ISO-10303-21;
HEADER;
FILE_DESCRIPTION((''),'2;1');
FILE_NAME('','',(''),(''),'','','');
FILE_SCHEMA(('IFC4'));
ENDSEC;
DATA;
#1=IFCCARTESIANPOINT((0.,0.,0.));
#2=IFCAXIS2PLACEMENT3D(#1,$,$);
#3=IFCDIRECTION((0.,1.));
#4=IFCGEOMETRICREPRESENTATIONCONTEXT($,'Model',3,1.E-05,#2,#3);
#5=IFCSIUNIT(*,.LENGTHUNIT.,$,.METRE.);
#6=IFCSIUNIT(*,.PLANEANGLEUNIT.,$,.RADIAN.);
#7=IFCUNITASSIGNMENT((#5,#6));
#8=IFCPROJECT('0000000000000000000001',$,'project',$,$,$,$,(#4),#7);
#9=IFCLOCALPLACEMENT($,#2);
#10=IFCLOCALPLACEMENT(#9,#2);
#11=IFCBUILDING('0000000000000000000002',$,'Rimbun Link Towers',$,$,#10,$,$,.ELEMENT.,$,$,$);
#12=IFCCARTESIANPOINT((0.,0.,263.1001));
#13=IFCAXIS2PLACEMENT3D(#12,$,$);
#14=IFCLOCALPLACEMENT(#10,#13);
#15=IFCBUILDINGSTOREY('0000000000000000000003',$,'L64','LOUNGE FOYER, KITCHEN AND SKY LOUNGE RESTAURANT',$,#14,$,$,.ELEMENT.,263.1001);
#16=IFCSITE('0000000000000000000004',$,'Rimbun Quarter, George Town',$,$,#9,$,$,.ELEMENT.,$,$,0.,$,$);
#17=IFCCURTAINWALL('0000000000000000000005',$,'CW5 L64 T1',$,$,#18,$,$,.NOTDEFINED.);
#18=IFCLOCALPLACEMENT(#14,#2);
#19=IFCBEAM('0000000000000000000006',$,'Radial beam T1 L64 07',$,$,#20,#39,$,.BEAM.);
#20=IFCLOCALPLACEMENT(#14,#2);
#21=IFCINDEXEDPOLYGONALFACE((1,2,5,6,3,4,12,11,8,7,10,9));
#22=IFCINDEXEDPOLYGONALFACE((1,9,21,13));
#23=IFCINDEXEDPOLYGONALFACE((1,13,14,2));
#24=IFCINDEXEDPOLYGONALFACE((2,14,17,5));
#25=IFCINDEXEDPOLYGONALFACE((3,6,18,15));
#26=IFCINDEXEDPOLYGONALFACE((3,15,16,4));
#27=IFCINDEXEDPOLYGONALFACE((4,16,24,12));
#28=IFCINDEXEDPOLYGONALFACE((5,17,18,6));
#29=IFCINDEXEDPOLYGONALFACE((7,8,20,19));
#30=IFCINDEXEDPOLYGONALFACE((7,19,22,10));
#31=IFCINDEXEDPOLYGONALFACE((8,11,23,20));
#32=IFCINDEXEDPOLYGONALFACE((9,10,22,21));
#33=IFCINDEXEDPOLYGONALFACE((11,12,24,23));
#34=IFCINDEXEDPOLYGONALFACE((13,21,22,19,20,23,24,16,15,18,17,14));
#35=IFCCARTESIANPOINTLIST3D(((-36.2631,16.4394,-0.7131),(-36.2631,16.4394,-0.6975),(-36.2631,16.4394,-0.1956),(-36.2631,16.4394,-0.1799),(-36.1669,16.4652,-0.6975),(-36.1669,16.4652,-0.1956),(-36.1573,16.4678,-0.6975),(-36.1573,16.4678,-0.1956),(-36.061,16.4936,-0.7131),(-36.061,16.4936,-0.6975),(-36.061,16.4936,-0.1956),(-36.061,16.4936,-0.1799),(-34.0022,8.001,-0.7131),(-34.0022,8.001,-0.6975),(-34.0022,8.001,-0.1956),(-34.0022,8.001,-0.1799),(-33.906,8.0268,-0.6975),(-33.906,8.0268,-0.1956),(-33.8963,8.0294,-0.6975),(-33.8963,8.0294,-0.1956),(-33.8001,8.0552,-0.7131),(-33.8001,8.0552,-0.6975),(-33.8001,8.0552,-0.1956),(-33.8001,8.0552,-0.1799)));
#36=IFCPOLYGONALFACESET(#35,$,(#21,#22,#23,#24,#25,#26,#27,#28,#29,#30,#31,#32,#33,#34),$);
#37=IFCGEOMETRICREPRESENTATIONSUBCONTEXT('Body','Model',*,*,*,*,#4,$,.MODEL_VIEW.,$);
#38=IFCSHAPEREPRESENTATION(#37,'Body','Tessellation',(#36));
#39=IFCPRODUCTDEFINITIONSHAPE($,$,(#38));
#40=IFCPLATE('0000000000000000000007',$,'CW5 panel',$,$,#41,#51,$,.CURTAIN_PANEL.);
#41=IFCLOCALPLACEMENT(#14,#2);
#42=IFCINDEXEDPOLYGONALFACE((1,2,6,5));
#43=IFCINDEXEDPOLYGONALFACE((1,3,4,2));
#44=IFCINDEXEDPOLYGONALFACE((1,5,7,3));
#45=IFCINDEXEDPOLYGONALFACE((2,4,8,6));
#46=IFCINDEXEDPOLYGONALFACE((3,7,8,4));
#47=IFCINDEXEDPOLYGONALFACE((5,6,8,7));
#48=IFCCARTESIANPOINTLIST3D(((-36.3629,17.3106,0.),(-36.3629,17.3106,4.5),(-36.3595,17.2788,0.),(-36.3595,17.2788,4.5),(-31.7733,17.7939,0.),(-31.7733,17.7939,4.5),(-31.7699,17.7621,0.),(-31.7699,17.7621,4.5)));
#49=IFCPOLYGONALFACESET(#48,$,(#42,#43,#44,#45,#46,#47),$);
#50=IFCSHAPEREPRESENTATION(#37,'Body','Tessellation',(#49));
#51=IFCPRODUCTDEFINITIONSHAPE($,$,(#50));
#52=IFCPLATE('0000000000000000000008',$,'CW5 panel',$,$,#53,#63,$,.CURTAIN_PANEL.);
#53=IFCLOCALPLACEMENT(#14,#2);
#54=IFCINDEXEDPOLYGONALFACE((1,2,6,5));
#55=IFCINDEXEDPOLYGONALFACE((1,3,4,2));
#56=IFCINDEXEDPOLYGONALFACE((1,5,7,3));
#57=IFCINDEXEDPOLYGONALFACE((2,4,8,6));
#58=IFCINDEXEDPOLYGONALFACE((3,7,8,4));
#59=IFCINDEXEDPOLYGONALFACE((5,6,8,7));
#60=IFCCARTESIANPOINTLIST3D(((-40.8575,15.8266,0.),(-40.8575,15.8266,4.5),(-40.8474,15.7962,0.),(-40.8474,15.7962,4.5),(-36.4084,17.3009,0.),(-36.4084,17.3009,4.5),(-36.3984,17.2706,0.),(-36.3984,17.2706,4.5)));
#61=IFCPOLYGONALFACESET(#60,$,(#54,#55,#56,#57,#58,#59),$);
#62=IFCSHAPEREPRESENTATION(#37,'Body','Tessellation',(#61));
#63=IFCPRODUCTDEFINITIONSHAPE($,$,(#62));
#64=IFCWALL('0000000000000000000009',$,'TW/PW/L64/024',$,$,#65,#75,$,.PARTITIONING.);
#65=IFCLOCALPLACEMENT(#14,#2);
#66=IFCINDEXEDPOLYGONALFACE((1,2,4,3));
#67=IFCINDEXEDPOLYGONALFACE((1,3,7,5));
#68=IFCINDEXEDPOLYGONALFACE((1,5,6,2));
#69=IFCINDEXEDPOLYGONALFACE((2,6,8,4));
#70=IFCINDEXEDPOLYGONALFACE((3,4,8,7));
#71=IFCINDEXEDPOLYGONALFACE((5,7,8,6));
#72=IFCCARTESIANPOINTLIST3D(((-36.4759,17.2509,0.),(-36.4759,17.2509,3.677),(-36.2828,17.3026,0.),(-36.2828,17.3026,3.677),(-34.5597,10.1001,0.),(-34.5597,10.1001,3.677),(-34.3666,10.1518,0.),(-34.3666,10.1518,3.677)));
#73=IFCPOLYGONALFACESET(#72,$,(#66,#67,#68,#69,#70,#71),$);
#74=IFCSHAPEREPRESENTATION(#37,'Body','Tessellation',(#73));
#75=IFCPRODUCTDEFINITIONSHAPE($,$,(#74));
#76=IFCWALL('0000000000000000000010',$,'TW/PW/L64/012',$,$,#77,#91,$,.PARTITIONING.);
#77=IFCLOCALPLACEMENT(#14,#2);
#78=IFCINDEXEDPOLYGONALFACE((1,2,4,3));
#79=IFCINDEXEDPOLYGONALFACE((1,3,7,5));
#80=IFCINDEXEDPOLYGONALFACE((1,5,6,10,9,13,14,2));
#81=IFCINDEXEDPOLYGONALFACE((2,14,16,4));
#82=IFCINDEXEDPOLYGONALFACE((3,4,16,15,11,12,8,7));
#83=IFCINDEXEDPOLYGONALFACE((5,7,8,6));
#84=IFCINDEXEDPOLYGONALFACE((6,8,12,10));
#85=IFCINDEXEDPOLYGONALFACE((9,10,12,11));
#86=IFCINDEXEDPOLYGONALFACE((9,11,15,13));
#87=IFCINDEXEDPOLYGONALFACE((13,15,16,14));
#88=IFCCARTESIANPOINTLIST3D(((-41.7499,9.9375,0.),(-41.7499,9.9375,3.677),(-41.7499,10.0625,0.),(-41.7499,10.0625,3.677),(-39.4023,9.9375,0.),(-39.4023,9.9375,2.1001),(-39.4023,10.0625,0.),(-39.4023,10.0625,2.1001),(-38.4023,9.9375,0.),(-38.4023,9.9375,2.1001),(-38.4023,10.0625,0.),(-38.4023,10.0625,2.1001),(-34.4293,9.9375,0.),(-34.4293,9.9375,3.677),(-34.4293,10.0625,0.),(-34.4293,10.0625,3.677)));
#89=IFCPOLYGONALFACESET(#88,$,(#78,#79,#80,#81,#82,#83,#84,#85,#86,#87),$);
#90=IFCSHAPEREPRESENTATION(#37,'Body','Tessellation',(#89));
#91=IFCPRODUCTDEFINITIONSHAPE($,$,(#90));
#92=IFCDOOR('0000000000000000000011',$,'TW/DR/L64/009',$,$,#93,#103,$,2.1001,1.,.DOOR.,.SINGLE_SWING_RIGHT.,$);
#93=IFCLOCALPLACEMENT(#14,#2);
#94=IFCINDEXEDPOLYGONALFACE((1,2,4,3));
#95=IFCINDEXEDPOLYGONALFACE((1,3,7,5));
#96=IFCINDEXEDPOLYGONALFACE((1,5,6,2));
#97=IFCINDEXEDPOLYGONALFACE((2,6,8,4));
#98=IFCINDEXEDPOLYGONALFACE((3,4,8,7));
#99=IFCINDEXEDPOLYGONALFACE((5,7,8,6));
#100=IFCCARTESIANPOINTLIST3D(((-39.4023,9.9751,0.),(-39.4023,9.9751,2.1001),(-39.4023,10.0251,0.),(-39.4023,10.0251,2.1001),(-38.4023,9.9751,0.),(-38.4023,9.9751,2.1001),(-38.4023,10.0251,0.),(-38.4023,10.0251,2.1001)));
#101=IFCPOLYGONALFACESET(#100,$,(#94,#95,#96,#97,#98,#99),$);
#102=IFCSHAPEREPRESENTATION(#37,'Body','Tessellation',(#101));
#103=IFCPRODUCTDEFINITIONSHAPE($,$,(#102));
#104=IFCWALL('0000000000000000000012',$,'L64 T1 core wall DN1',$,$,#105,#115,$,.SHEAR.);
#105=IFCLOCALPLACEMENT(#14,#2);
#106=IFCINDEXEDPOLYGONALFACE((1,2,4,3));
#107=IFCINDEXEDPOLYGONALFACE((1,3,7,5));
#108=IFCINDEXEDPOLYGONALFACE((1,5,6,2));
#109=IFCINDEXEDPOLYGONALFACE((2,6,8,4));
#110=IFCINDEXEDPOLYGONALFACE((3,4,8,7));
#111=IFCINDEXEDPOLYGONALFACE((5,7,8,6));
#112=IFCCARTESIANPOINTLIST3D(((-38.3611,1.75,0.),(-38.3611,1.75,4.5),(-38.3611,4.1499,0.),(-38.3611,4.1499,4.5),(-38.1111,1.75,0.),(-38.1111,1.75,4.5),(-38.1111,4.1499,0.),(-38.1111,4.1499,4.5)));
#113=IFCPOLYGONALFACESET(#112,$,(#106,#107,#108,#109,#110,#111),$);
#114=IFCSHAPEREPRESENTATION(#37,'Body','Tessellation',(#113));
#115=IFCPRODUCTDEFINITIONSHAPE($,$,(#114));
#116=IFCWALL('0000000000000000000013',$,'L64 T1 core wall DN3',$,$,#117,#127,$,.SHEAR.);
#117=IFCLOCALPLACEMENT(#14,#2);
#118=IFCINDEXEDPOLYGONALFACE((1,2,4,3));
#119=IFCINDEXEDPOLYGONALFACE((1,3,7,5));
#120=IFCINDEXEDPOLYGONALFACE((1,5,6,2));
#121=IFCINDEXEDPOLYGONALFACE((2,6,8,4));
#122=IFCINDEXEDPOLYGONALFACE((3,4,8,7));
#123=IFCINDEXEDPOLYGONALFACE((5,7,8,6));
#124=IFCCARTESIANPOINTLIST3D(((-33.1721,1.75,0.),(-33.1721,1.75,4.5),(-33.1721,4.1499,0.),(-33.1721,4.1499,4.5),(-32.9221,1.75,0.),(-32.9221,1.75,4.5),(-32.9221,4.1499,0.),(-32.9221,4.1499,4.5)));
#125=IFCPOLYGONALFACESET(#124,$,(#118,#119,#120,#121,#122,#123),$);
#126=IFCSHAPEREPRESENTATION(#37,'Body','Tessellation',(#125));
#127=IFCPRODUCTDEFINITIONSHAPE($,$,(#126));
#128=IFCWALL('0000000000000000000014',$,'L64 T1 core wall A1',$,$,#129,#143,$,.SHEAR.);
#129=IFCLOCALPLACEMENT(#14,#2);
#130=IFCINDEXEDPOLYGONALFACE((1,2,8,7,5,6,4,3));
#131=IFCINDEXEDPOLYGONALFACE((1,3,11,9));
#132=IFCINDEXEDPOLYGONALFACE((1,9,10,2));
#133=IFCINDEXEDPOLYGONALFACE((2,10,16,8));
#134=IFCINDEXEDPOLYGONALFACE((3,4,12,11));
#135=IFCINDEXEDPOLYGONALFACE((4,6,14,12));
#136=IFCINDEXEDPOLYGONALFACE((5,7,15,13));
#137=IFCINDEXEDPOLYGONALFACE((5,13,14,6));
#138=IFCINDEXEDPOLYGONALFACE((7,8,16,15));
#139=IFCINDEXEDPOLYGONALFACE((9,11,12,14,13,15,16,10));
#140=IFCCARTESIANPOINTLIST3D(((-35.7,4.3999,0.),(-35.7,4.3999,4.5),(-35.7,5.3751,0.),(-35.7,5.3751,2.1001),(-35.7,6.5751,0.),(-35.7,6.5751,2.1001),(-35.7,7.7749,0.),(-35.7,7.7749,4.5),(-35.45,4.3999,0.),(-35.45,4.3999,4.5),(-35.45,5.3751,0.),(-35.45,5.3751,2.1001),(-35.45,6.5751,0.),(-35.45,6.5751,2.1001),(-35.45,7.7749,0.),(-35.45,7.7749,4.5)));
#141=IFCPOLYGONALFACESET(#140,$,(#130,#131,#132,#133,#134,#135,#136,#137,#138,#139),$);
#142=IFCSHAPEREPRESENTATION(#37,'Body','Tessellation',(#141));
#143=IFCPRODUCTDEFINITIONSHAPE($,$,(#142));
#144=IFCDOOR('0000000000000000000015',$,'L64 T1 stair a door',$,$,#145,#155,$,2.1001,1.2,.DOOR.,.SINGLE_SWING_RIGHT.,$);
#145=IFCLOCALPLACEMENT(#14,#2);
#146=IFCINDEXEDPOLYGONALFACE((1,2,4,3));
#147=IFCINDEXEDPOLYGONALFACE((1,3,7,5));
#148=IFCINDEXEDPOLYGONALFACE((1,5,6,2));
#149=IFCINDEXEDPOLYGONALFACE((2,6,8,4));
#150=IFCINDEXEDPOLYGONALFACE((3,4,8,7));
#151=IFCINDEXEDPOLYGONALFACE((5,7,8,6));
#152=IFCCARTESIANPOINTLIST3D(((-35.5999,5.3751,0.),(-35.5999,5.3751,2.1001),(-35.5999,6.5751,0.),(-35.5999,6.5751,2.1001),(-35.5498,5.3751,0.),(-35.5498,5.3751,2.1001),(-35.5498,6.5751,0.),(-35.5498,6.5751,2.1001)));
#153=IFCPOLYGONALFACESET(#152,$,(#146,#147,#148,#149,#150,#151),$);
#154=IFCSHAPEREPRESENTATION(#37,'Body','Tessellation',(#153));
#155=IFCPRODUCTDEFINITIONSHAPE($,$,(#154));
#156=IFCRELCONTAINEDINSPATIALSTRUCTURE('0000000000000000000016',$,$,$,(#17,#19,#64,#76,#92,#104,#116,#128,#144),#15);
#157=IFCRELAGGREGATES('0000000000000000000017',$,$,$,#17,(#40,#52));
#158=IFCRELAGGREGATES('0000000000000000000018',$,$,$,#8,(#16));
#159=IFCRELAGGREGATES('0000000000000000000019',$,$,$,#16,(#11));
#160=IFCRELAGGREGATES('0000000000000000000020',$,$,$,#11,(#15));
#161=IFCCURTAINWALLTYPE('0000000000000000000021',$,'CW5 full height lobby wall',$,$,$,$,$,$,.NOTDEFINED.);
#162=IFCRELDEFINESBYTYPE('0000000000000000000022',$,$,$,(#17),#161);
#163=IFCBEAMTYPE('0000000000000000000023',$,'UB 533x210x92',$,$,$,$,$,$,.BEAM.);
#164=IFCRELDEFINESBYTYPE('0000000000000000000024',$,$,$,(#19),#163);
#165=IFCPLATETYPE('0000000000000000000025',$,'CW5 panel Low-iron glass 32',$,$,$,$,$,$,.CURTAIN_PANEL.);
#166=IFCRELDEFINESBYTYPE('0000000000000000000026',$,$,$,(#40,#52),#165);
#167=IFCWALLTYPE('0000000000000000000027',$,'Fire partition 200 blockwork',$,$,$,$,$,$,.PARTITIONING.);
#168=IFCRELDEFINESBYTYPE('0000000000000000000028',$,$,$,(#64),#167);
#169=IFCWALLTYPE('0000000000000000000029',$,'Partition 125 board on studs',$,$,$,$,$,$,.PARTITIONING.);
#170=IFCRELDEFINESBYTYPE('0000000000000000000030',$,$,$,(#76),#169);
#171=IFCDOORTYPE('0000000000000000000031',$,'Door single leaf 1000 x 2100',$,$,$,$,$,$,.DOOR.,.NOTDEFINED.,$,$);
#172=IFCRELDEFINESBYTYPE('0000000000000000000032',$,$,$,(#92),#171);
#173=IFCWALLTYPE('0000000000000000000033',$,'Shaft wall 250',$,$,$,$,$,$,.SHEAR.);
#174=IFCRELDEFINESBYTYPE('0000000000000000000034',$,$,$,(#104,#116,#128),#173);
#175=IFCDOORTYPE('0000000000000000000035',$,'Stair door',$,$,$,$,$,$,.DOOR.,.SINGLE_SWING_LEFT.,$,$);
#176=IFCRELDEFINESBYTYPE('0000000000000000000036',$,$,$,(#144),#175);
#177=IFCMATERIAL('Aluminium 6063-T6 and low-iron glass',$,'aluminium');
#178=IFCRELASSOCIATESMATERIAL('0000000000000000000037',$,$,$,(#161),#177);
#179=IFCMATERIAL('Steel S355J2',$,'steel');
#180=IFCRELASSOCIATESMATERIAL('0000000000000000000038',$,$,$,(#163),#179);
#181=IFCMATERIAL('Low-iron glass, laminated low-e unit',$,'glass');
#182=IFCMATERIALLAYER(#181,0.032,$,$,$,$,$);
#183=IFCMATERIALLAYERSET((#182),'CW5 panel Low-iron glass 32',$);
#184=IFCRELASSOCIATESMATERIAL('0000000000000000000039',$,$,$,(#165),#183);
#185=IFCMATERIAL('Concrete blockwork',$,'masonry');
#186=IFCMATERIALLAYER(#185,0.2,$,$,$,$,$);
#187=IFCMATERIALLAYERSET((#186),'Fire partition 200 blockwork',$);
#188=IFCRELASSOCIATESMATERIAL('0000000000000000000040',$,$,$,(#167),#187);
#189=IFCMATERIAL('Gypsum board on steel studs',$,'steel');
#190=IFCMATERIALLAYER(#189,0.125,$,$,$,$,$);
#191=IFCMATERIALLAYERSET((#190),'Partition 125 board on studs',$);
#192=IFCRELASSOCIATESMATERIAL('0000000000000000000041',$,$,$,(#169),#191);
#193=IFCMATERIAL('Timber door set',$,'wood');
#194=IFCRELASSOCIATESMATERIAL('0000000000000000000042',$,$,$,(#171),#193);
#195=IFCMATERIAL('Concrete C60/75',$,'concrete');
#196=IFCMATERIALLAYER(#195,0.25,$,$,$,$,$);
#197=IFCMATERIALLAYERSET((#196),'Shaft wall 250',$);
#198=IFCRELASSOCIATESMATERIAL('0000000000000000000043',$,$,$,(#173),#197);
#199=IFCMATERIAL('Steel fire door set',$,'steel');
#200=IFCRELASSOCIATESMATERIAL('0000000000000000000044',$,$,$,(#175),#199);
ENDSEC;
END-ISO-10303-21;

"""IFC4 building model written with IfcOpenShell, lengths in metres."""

from ifc_helpers import new_model, si_unit, direction, frame, frame_2d, origin, origin_2d, place, context, subcontext, project, spatial, rectangle, i_section, extrude, material, layer, layer_set, material_profile, profile_set, type_object, element, fill, aggregate, save


model = new_model("IFC4")

# Units and contexts
model_context = context("Model", 3, precision=1e-05, world=origin(), true_north=direction((0.0, 1.0)))
body_context = subcontext(model_context, "Body", "Model", "MODEL_VIEW")
ifc_project = project(units=[si_unit("LENGTHUNIT", "METRE"), si_unit("PLANEANGLEUNIT", "RADIAN")], contexts=[model_context])

# Site, building, storey
site_placement = place(None, origin())
site = spatial("IfcSite", under=ifc_project, at=site_placement, Name="Rimbun Quarter, George Town", CompositionType="ELEMENT", RefElevation=0.0)
building_placement = place(site_placement, origin())
building = spatial("IfcBuilding", under=site, at=building_placement, Name="Rimbun Link Towers", CompositionType="ELEMENT")
storey_placement = place(building_placement, frame((0.0, 0.0, 263.1001)))
storey = spatial("IfcBuildingStorey", under=building, at=storey_placement, Name="L64", Description="LOUNGE FOYER, KITCHEN AND SKY LOUNGE RESTAURANT", CompositionType="ELEMENT", Elevation=263.1001)

# Curtain wall
ifc_material_1 = material(Name="Aluminium 6063-T6 and low-iron glass", Category="aluminium")
curtain_wall_type = type_object("IfcCurtainWallType", Name="CW5 full height lobby wall", PredefinedType="NOTDEFINED", material=ifc_material_1)
curtain_wall_placement = place(storey_placement, origin())
curtain_wall = element("IfcCurtainWall", 1, at=curtain_wall_placement, inside=storey, type_object=curtain_wall_type, Name="CW5 L64 T1", PredefinedType="NOTDEFINED")

# Beam
ifc_material_2 = material(Name="Steel S355J2", Category="steel")
ifc_material_profile_1 = material_profile(ifc_material_2, i_section(OverallWidth=0.2092, OverallDepth=0.5332, WebThickness=0.01, FlangeThickness=0.0156, at=origin_2d()), Name="UB 533x210x92")
ifc_profile_set_1 = profile_set([ifc_material_profile_1], Name="Steel S355J2")
beam_type_1 = type_object("IfcBeamType", Name="UB 533x210x92", PredefinedType="BEAM", material=ifc_profile_set_1)
beam_1_placement = place(storey_placement, frame((-33.9011, 8.0281, -0.4465), z_axis=(-0.258809, 0.965929, 0.0), x_axis=(-0.965929, -0.258809, 0.0)))
element("IfcBeam", 2, at=beam_1_placement, inside=storey, type_object=beam_type_1, Name="Radial beam T1 L64 07", PredefinedType="BEAM", context=body_context, shape_type="SweptSolid", body=[
    extrude(i_section(OverallWidth=0.2092, OverallDepth=0.5332, WebThickness=0.01, FlangeThickness=0.0156, at=origin_2d()), origin(), (0.0, 0.0, 1.0), 8.7361),
])

# Plates
ifc_material_3 = material(Name="Low-iron glass, laminated low-e unit", Category="glass")
ifc_layer_1 = layer(ifc_material_3, 0.032)
ifc_layer_set_1 = layer_set([ifc_layer_1], Name="CW5 panel Low-iron glass 32")
plate_type = type_object("IfcPlateType", Name="CW5 panel Low-iron glass 32", PredefinedType="CURTAIN_PANEL", material=ifc_layer_set_1)
plate_1_placement = place(storey_placement, frame((-34.0664, 17.5364, 0.0), z_axis=(0.0, 0.0, 1.0), x_axis=(0.994501, 0.104728, 0.0)))
plate_1 = element("IfcPlate", 3, at=plate_1_placement, type_object=plate_type, Name="CW5 panel", PredefinedType="CURTAIN_PANEL", context=body_context, shape_type="SweptSolid", body=[
    extrude(rectangle(XDim=4.615, YDim=0.032, at=origin_2d()), origin(), (0.0, 0.0, 1.0), 4.5),
])
plate_2_placement = place(storey_placement, frame((-38.6279, 16.5486, 0.0), z_axis=(0.0, 0.0, 1.0), x_axis=(0.949238, 0.314558, 0.0)))
plate_2 = element("IfcPlate", 4, at=plate_2_placement, type_object=plate_type, Name="CW5 panel", PredefinedType="CURTAIN_PANEL", context=body_context, shape_type="SweptSolid", body=[
    extrude(rectangle(XDim=4.687, YDim=0.032, at=origin_2d()), origin(), (0.0, 0.0, 1.0), 4.5),
])
aggregate(curtain_wall, [plate_1, plate_2])

# Wall
ifc_material_4 = material(Name="Concrete blockwork", Category="masonry")
ifc_layer_2 = layer(ifc_material_4, 0.2)
ifc_layer_set_2 = layer_set([ifc_layer_2], Name="Fire partition 200 blockwork")
wall_type_1 = type_object("IfcWallType", Name="Fire partition 200 blockwork", PredefinedType="PARTITIONING", material=ifc_layer_set_2)
wall_1_placement = place(storey_placement, frame((-36.3794, 17.2769, 0.0), z_axis=(0.0, 0.0, 1.0), x_axis=(0.258843, -0.965919, 0.0)))
element("IfcWall", 5, at=wall_1_placement, inside=storey, type_object=wall_type_1, Name="TW/PW/L64/024", PredefinedType="PARTITIONING", context=body_context, shape_type="SweptSolid", body=[
    extrude(rectangle(XDim=7.4031, YDim=0.2, at=frame_2d((3.7017, 0.0))), origin(), (0.0, 0.0, 1.0), 3.677),
])

# Wall, opening, door
ifc_material_5 = material(Name="Gypsum board on steel studs", Category="steel")
ifc_layer_3 = layer(ifc_material_5, 0.125)
ifc_layer_set_3 = layer_set([ifc_layer_3], Name="Partition 125 board on studs")
wall_type_2 = type_object("IfcWallType", Name="Partition 125 board on studs", PredefinedType="PARTITIONING", material=ifc_layer_set_3)
wall_2_placement = place(storey_placement, frame((-34.4294, 10.0, 0.0), z_axis=(0.0, 0.0, 1.0), x_axis=(-1.0, 0.0, 0.0)))
wall_2 = element("IfcWall", 6, at=wall_2_placement, inside=storey, type_object=wall_type_2, Name="TW/PW/L64/012", PredefinedType="PARTITIONING", context=body_context, shape_type="SweptSolid", body=[
    extrude(rectangle(XDim=7.3206, YDim=0.125, at=frame_2d((3.6602, 0.0))), origin(), (0.0, 0.0, 1.0), 3.677),
])
opening_1_placement = place(wall_2_placement, frame((3.9729, 0.0, 0.0)))
opening_1 = element("IfcOpeningElement", 7, at=opening_1_placement, cuts=wall_2, PredefinedType="OPENING", context=body_context, shape_type="SweptSolid", body=[
    extrude(rectangle(XDim=1.0, YDim=2.1001, at=frame_2d((0.5, 1.05))), frame((0.0, 0.0725, 0.0), z_axis=(0.0, -1.0, 0.0), x_axis=(1.0, 0.0, 0.0)), (0.0, 0.0, 1.0), 0.145),
])
ifc_material_6 = material(Name="Timber door set", Category="wood")
door_type_1 = type_object("IfcDoorType", Name="Door single leaf 1000 x 2100", OperationType="NOTDEFINED", PredefinedType="DOOR", material=ifc_material_6)
door_1_placement = place(opening_1_placement, origin())
door_1 = element("IfcDoor", 8, at=door_1_placement, inside=storey, type_object=door_type_1, Name="TW/DR/L64/009", OperationType="SINGLE_SWING_RIGHT", OverallHeight=2.1001, OverallWidth=1.0, PredefinedType="DOOR", context=body_context, shape_type="SweptSolid", body=[
    extrude(rectangle(XDim=1.0, YDim=2.1001, at=frame_2d((0.5, 1.05))), frame((0.0, 0.0249, 0.0), z_axis=(0.0, -1.0, 0.0), x_axis=(1.0, 0.0, 0.0)), (0.0, 0.0, 1.0), 0.05),
])
fill(opening_1, door_1)

# Walls
ifc_material_7 = material(Name="Concrete C60/75", Category="concrete")
ifc_layer_4 = layer(ifc_material_7, 0.25)
ifc_layer_set_4 = layer_set([ifc_layer_4], Name="Shaft wall 250")
wall_type_3 = type_object("IfcWallType", Name="Shaft wall 250", PredefinedType="SHEAR", material=ifc_layer_set_4)
for number, where, z_axis, x_axis, name in (
    (9, (-38.2361, 1.75, 0.0), (0.0, 0.0, 1.0), (0.0, 1.0, 0.0), "L64 T1 core wall DN1"),
    (10, (-33.0471, 1.75, 0.0), (0.0, 0.0, 1.0), (0.0, 1.0, 0.0), "L64 T1 core wall DN3"),
):
    element("IfcWall", number, at=place(storey_placement, frame(where, z_axis=z_axis, x_axis=x_axis)), inside=storey, type_object=wall_type_3, Name=name, PredefinedType="SHEAR", context=body_context, shape_type="SweptSolid", body=[
        extrude(rectangle(XDim=2.3999, YDim=0.25, at=frame_2d((1.2, 0.0))), origin(), (0.0, 0.0, 1.0), 4.5),
    ])

# Wall, opening, door
wall_3_placement = place(storey_placement, frame((-35.575, 4.3999, 0.0), z_axis=(0.0, 0.0, 1.0), x_axis=(0.0, 1.0, 0.0)))
wall_3 = element("IfcWall", 11, at=wall_3_placement, inside=storey, type_object=wall_type_3, Name="L64 T1 core wall A1", PredefinedType="SHEAR", context=body_context, shape_type="SweptSolid", body=[
    extrude(rectangle(XDim=3.375, YDim=0.25, at=frame_2d((1.6875, 0.0))), origin(), (0.0, 0.0, 1.0), 4.5),
])
opening_2_placement = place(wall_3_placement, frame((0.9751, 0.0, 0.0)))
opening_2 = element("IfcOpeningElement", 12, at=opening_2_placement, cuts=wall_3, PredefinedType="OPENING", context=body_context, shape_type="SweptSolid", body=[
    extrude(rectangle(XDim=1.2, YDim=2.1001, at=frame_2d((0.6001, 1.05))), frame((0.0, 0.135, 0.0), z_axis=(0.0, -1.0, 0.0), x_axis=(1.0, 0.0, 0.0)), (0.0, 0.0, 1.0), 0.27),
])
ifc_material_8 = material(Name="Steel fire door set", Category="steel")
door_type_2 = type_object("IfcDoorType", Name="Stair door", OperationType="SINGLE_SWING_LEFT", PredefinedType="DOOR", material=ifc_material_8)
door_2_placement = place(opening_2_placement, origin())
door_2 = element("IfcDoor", 13, at=door_2_placement, inside=storey, type_object=door_type_2, Name="L64 T1 stair a door", OperationType="SINGLE_SWING_RIGHT", OverallHeight=2.1001, OverallWidth=1.2, PredefinedType="DOOR", context=body_context, shape_type="SweptSolid", body=[
    extrude(rectangle(XDim=1.2, YDim=2.1001, at=frame_2d((0.6001, 1.05))), frame((0.0, 0.0249, 0.0), z_axis=(0.0, -1.0, 0.0), x_axis=(1.0, 0.0, 0.0)), (0.0, 0.0, 1.0), 0.05),
])
fill(opening_2, door_2)

save(model, "model.ifc")
